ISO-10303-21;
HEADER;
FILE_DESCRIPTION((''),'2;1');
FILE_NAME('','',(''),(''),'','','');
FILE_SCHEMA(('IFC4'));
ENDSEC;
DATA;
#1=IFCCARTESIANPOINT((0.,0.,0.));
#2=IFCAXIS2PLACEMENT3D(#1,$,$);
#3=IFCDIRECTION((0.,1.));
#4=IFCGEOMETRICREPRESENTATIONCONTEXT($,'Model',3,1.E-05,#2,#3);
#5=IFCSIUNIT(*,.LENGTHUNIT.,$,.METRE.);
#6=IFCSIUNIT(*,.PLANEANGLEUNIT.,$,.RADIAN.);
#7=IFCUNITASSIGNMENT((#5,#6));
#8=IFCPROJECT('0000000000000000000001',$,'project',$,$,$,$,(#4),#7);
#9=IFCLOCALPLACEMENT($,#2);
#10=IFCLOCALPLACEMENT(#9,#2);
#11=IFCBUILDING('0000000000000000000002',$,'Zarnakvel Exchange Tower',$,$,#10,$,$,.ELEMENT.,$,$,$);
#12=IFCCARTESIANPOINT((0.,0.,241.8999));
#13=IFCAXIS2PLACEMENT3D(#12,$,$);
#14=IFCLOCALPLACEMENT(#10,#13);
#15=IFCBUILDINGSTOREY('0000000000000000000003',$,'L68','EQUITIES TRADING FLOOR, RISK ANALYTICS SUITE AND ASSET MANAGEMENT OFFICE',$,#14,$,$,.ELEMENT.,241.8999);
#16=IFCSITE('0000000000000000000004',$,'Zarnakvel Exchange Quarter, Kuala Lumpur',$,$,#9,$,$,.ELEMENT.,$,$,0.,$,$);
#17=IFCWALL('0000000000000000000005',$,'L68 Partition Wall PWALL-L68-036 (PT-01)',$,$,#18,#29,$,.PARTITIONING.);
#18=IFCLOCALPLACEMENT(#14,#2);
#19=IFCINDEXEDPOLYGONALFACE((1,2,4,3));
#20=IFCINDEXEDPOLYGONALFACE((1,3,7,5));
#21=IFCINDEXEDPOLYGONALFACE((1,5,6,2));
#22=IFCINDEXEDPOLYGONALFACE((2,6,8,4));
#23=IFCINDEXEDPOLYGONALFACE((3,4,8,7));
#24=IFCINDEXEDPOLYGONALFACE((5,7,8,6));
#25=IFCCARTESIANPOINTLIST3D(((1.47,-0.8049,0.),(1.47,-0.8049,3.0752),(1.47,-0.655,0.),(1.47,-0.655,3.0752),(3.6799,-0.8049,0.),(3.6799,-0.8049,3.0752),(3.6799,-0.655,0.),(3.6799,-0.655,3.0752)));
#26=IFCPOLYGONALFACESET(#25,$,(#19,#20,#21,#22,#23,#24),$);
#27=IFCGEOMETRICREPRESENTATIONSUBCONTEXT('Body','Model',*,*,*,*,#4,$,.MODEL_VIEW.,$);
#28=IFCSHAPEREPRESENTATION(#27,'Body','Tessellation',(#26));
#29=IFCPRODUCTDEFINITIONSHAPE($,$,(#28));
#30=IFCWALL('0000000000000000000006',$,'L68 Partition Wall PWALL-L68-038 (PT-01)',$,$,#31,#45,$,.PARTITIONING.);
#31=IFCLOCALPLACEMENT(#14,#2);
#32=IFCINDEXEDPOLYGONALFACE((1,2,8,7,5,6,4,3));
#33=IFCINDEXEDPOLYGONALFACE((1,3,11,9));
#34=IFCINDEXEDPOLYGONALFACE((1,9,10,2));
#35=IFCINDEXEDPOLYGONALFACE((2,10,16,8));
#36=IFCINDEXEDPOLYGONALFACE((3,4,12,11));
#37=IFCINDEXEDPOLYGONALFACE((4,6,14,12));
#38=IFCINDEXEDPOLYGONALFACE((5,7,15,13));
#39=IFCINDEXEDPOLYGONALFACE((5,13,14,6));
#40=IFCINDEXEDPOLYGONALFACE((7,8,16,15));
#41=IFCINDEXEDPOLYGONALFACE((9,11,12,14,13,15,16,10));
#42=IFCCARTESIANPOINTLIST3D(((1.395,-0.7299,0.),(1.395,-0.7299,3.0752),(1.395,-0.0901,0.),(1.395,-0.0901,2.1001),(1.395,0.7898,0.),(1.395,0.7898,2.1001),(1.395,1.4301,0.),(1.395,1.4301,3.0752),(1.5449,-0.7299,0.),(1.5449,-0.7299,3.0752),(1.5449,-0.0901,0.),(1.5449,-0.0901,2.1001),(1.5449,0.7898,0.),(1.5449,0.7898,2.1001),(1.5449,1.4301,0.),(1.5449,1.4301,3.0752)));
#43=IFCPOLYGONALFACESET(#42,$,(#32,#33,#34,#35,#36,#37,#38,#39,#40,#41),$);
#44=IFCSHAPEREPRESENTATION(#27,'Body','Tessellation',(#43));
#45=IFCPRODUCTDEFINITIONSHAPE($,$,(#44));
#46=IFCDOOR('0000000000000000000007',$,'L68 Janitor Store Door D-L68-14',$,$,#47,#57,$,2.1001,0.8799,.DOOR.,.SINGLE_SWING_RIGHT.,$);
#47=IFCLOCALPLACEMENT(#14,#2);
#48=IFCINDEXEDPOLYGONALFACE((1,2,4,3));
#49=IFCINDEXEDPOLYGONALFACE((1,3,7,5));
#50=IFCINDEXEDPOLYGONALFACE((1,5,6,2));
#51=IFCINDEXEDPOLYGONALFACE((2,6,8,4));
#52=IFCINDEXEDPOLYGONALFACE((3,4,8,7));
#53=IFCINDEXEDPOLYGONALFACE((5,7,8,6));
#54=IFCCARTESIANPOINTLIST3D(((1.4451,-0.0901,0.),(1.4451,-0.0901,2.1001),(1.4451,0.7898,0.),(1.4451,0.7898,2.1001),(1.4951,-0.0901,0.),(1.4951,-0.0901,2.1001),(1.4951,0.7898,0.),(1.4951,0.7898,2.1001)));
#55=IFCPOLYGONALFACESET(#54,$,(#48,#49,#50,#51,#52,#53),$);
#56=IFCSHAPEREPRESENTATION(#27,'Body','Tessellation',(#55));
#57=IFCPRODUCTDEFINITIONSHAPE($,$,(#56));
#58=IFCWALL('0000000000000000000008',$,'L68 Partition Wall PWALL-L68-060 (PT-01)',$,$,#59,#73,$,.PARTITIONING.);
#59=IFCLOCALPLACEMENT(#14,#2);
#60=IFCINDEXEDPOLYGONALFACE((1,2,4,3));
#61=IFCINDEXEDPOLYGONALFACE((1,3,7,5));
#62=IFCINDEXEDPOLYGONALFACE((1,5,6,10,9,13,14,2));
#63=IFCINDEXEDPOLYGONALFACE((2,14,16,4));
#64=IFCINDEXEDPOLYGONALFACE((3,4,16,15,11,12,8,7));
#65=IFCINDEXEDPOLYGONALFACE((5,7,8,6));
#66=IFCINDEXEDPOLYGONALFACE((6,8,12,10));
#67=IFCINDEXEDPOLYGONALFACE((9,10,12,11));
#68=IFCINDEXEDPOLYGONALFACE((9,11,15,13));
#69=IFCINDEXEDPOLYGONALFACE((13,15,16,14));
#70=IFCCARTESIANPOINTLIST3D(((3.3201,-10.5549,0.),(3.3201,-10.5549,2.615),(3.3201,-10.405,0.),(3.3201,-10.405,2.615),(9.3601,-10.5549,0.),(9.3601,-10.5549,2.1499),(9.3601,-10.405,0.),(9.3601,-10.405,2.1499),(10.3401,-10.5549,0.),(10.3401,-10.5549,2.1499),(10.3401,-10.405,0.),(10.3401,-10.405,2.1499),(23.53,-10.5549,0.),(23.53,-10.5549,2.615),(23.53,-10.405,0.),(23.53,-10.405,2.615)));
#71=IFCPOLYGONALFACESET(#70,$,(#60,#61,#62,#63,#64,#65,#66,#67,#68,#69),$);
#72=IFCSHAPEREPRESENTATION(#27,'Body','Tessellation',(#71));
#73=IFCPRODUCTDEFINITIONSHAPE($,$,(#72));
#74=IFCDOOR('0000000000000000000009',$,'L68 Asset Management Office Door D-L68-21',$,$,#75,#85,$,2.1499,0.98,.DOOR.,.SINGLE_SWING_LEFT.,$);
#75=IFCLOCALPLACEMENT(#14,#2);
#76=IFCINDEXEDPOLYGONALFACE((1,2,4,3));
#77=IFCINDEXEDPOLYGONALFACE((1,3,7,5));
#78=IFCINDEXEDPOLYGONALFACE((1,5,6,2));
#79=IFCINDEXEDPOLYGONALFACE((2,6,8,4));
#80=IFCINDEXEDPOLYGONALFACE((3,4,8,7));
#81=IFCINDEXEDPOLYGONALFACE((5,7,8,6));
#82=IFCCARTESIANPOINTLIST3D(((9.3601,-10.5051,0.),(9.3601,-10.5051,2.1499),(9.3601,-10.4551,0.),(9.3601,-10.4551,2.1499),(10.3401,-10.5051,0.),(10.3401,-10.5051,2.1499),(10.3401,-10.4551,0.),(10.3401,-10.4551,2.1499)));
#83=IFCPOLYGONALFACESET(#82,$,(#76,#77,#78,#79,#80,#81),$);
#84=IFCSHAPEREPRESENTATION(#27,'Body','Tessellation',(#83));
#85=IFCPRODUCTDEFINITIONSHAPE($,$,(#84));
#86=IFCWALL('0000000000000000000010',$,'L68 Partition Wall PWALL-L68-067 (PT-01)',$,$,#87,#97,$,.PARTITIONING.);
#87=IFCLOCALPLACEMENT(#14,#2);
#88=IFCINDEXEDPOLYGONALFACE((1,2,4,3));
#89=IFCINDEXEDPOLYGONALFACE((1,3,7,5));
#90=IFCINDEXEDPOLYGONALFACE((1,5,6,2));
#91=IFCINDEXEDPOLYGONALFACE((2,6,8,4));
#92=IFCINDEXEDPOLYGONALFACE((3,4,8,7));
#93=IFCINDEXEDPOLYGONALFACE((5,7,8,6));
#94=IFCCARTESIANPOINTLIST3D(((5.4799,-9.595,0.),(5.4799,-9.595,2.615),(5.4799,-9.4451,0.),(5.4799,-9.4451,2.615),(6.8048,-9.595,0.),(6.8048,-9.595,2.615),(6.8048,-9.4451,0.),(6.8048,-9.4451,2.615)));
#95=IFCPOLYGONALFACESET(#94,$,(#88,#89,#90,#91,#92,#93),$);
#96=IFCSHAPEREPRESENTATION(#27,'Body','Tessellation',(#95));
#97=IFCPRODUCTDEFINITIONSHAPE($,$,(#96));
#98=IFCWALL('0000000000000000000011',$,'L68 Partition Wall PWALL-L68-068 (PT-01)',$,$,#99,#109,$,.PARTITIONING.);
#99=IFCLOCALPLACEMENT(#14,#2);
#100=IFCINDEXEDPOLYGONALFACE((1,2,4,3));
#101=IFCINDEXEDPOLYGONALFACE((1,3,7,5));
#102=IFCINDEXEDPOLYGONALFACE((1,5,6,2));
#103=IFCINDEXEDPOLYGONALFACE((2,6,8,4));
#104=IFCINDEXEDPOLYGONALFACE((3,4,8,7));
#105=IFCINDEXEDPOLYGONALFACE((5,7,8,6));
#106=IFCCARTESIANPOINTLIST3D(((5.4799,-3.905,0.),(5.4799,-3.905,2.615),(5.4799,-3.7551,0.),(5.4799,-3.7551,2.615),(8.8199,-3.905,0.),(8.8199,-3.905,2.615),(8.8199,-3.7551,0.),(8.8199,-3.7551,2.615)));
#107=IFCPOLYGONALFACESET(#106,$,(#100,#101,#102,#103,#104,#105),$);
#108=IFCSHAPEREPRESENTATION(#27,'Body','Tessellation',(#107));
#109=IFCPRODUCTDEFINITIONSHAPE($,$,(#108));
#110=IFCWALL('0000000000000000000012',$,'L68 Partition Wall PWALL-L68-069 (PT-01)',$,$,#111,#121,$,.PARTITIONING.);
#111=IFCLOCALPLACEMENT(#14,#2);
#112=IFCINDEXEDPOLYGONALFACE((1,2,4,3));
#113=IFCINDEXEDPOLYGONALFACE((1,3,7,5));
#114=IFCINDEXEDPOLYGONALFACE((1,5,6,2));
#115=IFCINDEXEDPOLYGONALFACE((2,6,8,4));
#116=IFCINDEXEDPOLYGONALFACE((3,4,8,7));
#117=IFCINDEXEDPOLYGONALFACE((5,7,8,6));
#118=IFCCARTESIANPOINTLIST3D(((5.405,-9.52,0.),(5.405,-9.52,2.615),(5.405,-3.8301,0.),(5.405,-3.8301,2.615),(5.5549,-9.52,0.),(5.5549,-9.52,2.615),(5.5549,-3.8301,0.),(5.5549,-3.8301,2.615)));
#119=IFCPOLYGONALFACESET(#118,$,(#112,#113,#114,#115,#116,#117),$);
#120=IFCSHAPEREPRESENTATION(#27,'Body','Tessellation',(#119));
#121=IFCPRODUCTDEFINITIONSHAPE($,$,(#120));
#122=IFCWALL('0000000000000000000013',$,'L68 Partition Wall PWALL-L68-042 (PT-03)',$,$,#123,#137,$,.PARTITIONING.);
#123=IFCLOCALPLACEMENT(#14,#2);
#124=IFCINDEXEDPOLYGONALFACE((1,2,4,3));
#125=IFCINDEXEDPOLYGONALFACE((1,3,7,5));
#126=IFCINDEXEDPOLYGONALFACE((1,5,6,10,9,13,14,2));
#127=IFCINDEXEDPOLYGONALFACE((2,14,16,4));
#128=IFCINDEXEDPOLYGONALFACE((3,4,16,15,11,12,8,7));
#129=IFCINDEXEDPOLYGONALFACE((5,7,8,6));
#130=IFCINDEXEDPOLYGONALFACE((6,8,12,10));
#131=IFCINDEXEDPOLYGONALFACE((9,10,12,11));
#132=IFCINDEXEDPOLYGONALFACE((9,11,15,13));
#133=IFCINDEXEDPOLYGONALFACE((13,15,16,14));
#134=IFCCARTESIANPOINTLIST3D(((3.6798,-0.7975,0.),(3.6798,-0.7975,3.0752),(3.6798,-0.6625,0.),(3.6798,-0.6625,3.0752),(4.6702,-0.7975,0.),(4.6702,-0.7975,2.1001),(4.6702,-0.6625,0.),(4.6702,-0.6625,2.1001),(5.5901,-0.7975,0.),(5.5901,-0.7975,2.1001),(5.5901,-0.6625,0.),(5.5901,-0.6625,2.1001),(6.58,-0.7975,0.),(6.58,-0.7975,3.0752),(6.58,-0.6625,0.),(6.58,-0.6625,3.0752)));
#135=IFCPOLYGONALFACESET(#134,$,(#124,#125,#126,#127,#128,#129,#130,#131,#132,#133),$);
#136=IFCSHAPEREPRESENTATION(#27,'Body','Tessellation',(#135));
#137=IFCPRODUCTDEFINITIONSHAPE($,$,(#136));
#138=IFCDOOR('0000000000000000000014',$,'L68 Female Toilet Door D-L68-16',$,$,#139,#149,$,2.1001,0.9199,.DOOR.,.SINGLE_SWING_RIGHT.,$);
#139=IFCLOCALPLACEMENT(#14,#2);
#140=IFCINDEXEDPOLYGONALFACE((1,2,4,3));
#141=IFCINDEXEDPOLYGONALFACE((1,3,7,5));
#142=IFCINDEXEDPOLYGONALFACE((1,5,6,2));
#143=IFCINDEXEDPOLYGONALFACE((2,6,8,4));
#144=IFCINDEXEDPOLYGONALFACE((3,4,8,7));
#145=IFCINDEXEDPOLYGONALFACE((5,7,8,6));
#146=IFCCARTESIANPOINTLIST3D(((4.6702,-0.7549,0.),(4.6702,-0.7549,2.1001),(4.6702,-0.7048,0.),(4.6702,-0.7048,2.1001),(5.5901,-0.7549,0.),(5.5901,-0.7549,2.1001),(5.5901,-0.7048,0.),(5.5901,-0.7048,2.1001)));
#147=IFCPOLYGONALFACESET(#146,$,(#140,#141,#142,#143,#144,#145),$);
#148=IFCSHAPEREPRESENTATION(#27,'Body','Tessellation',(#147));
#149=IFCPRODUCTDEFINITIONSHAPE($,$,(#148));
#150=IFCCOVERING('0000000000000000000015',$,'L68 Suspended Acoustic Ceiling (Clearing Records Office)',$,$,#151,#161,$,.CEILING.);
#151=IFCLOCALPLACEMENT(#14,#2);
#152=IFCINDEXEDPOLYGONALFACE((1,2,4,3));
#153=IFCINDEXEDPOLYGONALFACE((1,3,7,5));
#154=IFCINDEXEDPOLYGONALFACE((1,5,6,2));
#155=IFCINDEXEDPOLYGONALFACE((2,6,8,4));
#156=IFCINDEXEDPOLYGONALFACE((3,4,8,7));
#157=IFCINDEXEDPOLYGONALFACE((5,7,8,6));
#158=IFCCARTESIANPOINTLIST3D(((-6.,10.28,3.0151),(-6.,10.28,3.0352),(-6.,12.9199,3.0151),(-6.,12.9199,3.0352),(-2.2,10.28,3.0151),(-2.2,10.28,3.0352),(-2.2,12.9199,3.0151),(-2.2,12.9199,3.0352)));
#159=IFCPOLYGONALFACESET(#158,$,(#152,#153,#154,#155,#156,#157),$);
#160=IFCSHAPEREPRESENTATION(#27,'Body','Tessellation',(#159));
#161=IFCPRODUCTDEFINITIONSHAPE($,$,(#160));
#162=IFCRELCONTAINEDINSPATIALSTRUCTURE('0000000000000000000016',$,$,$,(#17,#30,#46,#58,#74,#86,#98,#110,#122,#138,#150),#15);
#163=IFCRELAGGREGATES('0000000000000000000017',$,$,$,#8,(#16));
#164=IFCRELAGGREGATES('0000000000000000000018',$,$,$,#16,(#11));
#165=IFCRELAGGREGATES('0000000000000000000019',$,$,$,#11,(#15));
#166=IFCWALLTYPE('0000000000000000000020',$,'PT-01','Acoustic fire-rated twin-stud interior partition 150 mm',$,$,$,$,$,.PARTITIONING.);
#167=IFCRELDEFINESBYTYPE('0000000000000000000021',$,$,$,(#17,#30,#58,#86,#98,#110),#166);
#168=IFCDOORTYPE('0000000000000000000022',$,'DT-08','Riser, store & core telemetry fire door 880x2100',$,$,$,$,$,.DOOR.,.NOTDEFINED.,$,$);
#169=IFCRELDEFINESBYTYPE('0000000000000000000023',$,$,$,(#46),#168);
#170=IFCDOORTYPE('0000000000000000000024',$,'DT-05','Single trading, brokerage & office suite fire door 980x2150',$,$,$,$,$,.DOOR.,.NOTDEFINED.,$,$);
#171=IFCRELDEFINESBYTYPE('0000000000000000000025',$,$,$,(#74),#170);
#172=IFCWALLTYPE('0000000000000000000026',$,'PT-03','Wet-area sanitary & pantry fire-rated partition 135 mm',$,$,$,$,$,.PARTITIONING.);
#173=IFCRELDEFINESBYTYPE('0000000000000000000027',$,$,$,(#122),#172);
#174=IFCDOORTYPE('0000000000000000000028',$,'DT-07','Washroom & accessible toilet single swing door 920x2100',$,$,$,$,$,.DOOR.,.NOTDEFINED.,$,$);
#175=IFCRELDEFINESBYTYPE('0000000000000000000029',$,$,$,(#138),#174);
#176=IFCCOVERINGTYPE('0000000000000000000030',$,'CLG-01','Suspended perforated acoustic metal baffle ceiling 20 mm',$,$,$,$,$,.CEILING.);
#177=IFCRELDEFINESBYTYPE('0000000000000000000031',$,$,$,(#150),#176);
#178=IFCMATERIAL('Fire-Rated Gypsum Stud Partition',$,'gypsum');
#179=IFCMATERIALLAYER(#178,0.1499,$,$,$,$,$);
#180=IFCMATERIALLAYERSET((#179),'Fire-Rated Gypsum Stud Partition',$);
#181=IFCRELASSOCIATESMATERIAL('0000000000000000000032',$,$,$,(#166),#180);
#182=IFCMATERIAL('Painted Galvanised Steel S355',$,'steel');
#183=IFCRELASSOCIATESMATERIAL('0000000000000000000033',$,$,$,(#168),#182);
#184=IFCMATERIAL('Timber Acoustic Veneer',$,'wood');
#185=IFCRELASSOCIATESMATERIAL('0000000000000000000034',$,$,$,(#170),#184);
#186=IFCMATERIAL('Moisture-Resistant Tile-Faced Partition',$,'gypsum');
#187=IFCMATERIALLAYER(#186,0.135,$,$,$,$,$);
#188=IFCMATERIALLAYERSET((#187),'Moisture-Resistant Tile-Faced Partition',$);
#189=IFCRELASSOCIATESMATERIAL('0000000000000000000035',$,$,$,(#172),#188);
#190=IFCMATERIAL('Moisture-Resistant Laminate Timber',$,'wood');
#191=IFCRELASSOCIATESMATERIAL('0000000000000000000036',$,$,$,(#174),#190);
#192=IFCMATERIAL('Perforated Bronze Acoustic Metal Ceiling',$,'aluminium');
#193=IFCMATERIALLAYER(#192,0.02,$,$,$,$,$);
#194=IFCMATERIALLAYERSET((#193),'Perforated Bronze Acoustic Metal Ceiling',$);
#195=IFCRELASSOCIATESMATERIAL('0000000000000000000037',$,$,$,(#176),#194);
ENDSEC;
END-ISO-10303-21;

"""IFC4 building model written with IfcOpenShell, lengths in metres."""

from ifc_helpers import new_model, si_unit, direction, frame, frame_2d, origin, place, context, subcontext, project, spatial, polyline, rectangle, outline, extrude, source, transform, mapped, material, layer, layer_set, type_object, element, fill, save


model = new_model("IFC4")

# Units and contexts
model_context = context("Model", 3, precision=1e-05, world=origin(), true_north=direction((0.0, 1.0)))
body_context = subcontext(model_context, "Body", "Model", "MODEL_VIEW")
ifc_project = project(units=[si_unit("LENGTHUNIT", "METRE"), si_unit("PLANEANGLEUNIT", "RADIAN")], contexts=[model_context])

# Site, building, storey
site_placement = place(None, origin())
site = spatial("IfcSite", under=ifc_project, at=site_placement, Name="Zarnakvel Exchange Quarter, Kuala Lumpur", CompositionType="ELEMENT", RefElevation=0.0)
building_placement = place(site_placement, origin())
building = spatial("IfcBuilding", under=site, at=building_placement, Name="Zarnakvel Exchange Tower", CompositionType="ELEMENT")
storey_placement = place(building_placement, frame((0.0, 0.0, 241.8999)))
storey = spatial("IfcBuildingStorey", under=building, at=storey_placement, Name="L68", Description="EQUITIES TRADING FLOOR, RISK ANALYTICS SUITE AND ASSET MANAGEMENT OFFICE", CompositionType="ELEMENT", Elevation=241.8999)

# Wall
ifc_material_1 = material(Name="Fire-Rated Gypsum Stud Partition", Category="gypsum")
ifc_layer_1 = layer(ifc_material_1, 0.1499)
ifc_layer_set_1 = layer_set([ifc_layer_1], Name="Fire-Rated Gypsum Stud Partition")
wall_type_1 = type_object("IfcWallType", Name="PT-01", Description="Acoustic fire-rated twin-stud interior partition 150 mm", PredefinedType="PARTITIONING", material=ifc_layer_set_1)
wall_1_placement = place(storey_placement, frame((3.6799, -0.73, 0.0), z_axis=(0.0, 0.0, 1.0), x_axis=(-1.0, 0.0, 0.0)))
element("IfcWall", 1, at=wall_1_placement, inside=storey, type_object=wall_type_1, Name="L68 Partition Wall PWALL-L68-036 (PT-01)", PredefinedType="PARTITIONING", context=body_context, shape_type="SweptSolid", body=[
    extrude(rectangle(XDim=2.21, YDim=0.1499, at=frame_2d((1.105, 0.0))), origin(), (0.0, 0.0, 1.0), 3.0752),
])

# Walls, openings, doors
wall_2_placement = place(storey_placement, frame((1.47, -0.73, 0.0), z_axis=(0.0, 0.0, 1.0), x_axis=(0.0, 1.0, 0.0)))
wall_2 = element("IfcWall", 2, at=wall_2_placement, inside=storey, type_object=wall_type_1, Name="L68 Partition Wall PWALL-L68-038 (PT-01)", PredefinedType="PARTITIONING", context=body_context, shape_type="SweptSolid", body=[
    extrude(rectangle(XDim=2.1599, YDim=0.1499, at=frame_2d((1.0801, 0.0))), origin(), (0.0, 0.0, 1.0), 3.0752),
])
opening_1_placement = place(wall_2_placement, frame((0.6399, 0.0, 0.0)))
opening_1 = element("IfcOpeningElement", 3, at=opening_1_placement, cuts=wall_2, PredefinedType="OPENING", context=body_context, shape_type="SweptSolid", body=[
    extrude(rectangle(XDim=0.8799, YDim=2.1001, at=frame_2d((0.4399, 1.05))), frame((0.0, 0.085, 0.0), z_axis=(0.0, -1.0, 0.0), x_axis=(1.0, 0.0, 0.0)), (0.0, 0.0, 1.0), 0.1699),
])
ifc_material_2 = material(Name="Painted Galvanised Steel S355", Category="steel")
door_type_1 = type_object("IfcDoorType", Name="DT-08", Description="Riser, store & core telemetry fire door 880x2100", OperationType="NOTDEFINED", PredefinedType="DOOR", material=ifc_material_2)
shared_shape_1 = source(origin(), body_context, "Body", "SweptSolid", [
    extrude(rectangle(XDim=0.8799, YDim=2.1001, at=frame_2d((0.4399, 1.05))), frame((0.0, 0.0249, 0.0), z_axis=(0.0, -1.0, 0.0), x_axis=(1.0, 0.0, 0.0)), (0.0, 0.0, 1.0), 0.05),
])
door_1_placement = place(opening_1_placement, origin())
door_1 = element("IfcDoor", 4, at=door_1_placement, inside=storey, type_object=door_type_1, Name="L68 Janitor Store Door D-L68-14", OperationType="SINGLE_SWING_RIGHT", OverallHeight=2.1001, OverallWidth=0.8799, PredefinedType="DOOR", context=body_context, shape_type="MappedRepresentation", body=[
    mapped(shared_shape_1, transform((0.0, 0.0, 0.0), x_axis=(1.0, 0.0, 0.0), y_axis=(0.0, 1.0, 0.0), z_axis=(0.0, 0.0, 1.0), scale=1.0)),
])
fill(opening_1, door_1)
wall_3_placement = place(storey_placement, frame((3.3201, -10.48, 0.0), z_axis=(0.0, 0.0, 1.0), x_axis=(1.0, 0.0, 0.0)))
wall_3 = element("IfcWall", 5, at=wall_3_placement, inside=storey, type_object=wall_type_1, Name="L68 Partition Wall PWALL-L68-060 (PT-01)", PredefinedType="PARTITIONING", context=body_context, shape_type="SweptSolid", body=[
    extrude(rectangle(XDim=20.21, YDim=0.1499, at=frame_2d((10.105, 0.0))), origin(), (0.0, 0.0, 1.0), 2.615),
])
opening_2_placement = place(wall_3_placement, frame((6.04, 0.0, 0.0)))
opening_2 = element("IfcOpeningElement", 6, at=opening_2_placement, cuts=wall_3, PredefinedType="OPENING", context=body_context, shape_type="SweptSolid", body=[
    extrude(rectangle(XDim=0.98, YDim=2.1499, at=frame_2d((0.49, 1.075))), frame((0.0, 0.085, 0.0), z_axis=(0.0, -1.0, 0.0), x_axis=(1.0, 0.0, 0.0)), (0.0, 0.0, 1.0), 0.1699),
])
ifc_material_3 = material(Name="Timber Acoustic Veneer", Category="wood")
door_type_2 = type_object("IfcDoorType", Name="DT-05", Description="Single trading, brokerage & office suite fire door 980x2150", OperationType="NOTDEFINED", PredefinedType="DOOR", material=ifc_material_3)
shared_shape_2 = source(origin(), body_context, "Body", "SweptSolid", [
    extrude(rectangle(XDim=0.98, YDim=2.1499, at=frame_2d((0.49, 1.075))), frame((0.0, 0.0249, 0.0), z_axis=(0.0, -1.0, 0.0), x_axis=(1.0, 0.0, 0.0)), (0.0, 0.0, 1.0), 0.05),
])
door_2_placement = place(opening_2_placement, origin())
door_2 = element("IfcDoor", 7, at=door_2_placement, inside=storey, type_object=door_type_2, Name="L68 Asset Management Office Door D-L68-21", OperationType="SINGLE_SWING_LEFT", OverallHeight=2.1499, OverallWidth=0.98, PredefinedType="DOOR", context=body_context, shape_type="MappedRepresentation", body=[
    mapped(shared_shape_2, transform((0.0, 0.0, 0.0), x_axis=(1.0, 0.0, 0.0), y_axis=(0.0, 1.0, 0.0), z_axis=(0.0, 0.0, 1.0), scale=1.0)),
])
fill(opening_2, door_2)

# Walls
wall_4_placement = place(storey_placement, frame((6.8049, -9.52, 0.0), z_axis=(0.0, 0.0, 1.0), x_axis=(-1.0, 0.0, 0.0)))
element("IfcWall", 8, at=wall_4_placement, inside=storey, type_object=wall_type_1, Name="L68 Partition Wall PWALL-L68-067 (PT-01)", PredefinedType="PARTITIONING", context=body_context, shape_type="SweptSolid", body=[
    extrude(rectangle(XDim=1.325, YDim=0.1499, at=frame_2d((0.6626, 0.0))), origin(), (0.0, 0.0, 1.0), 2.615),
])
wall_5_placement = place(storey_placement, frame((5.48, -3.8301, 0.0), z_axis=(0.0, 0.0, 1.0), x_axis=(1.0, 0.0, 0.0)))
element("IfcWall", 9, at=wall_5_placement, inside=storey, type_object=wall_type_1, Name="L68 Partition Wall PWALL-L68-068 (PT-01)", PredefinedType="PARTITIONING", context=body_context, shape_type="SweptSolid", body=[
    extrude(rectangle(XDim=3.3401, YDim=0.1499, at=frame_2d((1.6699, 0.0))), origin(), (0.0, 0.0, 1.0), 2.615),
])
wall_6_placement = place(storey_placement, frame((5.48, -9.52, 0.0), z_axis=(0.0, 0.0, 1.0), x_axis=(0.0, 1.0, 0.0)))
element("IfcWall", 10, at=wall_6_placement, inside=storey, type_object=wall_type_1, Name="L68 Partition Wall PWALL-L68-069 (PT-01)", PredefinedType="PARTITIONING", context=body_context, shape_type="SweptSolid", body=[
    extrude(rectangle(XDim=5.6899, YDim=0.1499, at=frame_2d((2.845, 0.0))), origin(), (0.0, 0.0, 1.0), 2.615),
])

# Wall, opening, door
ifc_material_4 = material(Name="Moisture-Resistant Tile-Faced Partition", Category="gypsum")
ifc_layer_2 = layer(ifc_material_4, 0.135)
ifc_layer_set_2 = layer_set([ifc_layer_2], Name="Moisture-Resistant Tile-Faced Partition")
wall_type_2 = type_object("IfcWallType", Name="PT-03", Description="Wet-area sanitary & pantry fire-rated partition 135 mm", PredefinedType="PARTITIONING", material=ifc_layer_set_2)
wall_7_placement = place(storey_placement, frame((6.5801, -0.73, 0.0), z_axis=(0.0, 0.0, 1.0), x_axis=(-1.0, 0.0, 0.0)))
wall_7 = element("IfcWall", 11, at=wall_7_placement, inside=storey, type_object=wall_type_2, Name="L68 Partition Wall PWALL-L68-042 (PT-03)", PredefinedType="PARTITIONING", context=body_context, shape_type="SweptSolid", body=[
    extrude(rectangle(XDim=2.9001, YDim=0.135, at=frame_2d((1.4502, 0.0))), origin(), (0.0, 0.0, 1.0), 3.0752),
])
opening_3_placement = place(wall_7_placement, frame((0.99, 0.0, 0.0)))
opening_3 = element("IfcOpeningElement", 12, at=opening_3_placement, cuts=wall_7, PredefinedType="OPENING", context=body_context, shape_type="SweptSolid", body=[
    extrude(rectangle(XDim=0.9199, YDim=2.1001, at=frame_2d((0.46, 1.05))), frame((0.0, 0.0774, 0.0), z_axis=(0.0, -1.0, 0.0), x_axis=(1.0, 0.0, 0.0)), (0.0, 0.0, 1.0), 0.155),
])
ifc_material_5 = material(Name="Moisture-Resistant Laminate Timber", Category="wood")
door_type_3 = type_object("IfcDoorType", Name="DT-07", Description="Washroom & accessible toilet single swing door 920x2100", OperationType="NOTDEFINED", PredefinedType="DOOR", material=ifc_material_5)
shared_shape_3 = source(origin(), body_context, "Body", "SweptSolid", [
    extrude(rectangle(XDim=0.9199, YDim=2.1001, at=frame_2d((0.46, 1.05))), frame((0.0, 0.0249, 0.0), z_axis=(0.0, -1.0, 0.0), x_axis=(1.0, 0.0, 0.0)), (0.0, 0.0, 1.0), 0.05),
])
door_3_placement = place(opening_3_placement, origin())
door_3 = element("IfcDoor", 13, at=door_3_placement, inside=storey, type_object=door_type_3, Name="L68 Female Toilet Door D-L68-16", OperationType="SINGLE_SWING_RIGHT", OverallHeight=2.1001, OverallWidth=0.9199, PredefinedType="DOOR", context=body_context, shape_type="MappedRepresentation", body=[
    mapped(shared_shape_3, transform((0.0, 0.0, 0.0), x_axis=(1.0, 0.0, 0.0), y_axis=(0.0, 1.0, 0.0), z_axis=(0.0, 0.0, 1.0), scale=1.0)),
])
fill(opening_3, door_3)

# Covering
ifc_material_6 = material(Name="Perforated Bronze Acoustic Metal Ceiling", Category="aluminium")
ifc_layer_3 = layer(ifc_material_6, 0.02)
ifc_layer_set_3 = layer_set([ifc_layer_3], Name="Perforated Bronze Acoustic Metal Ceiling")
covering_type_1 = type_object("IfcCoveringType", Name="CLG-01", Description="Suspended perforated acoustic metal baffle ceiling 20 mm", PredefinedType="CEILING", material=ifc_layer_set_3)
covering_1_placement = place(storey_placement, frame((0.0, 0.0, 3.0151)))
element("IfcCovering", 14, at=covering_1_placement, inside=storey, type_object=covering_type_1, Name="L68 Suspended Acoustic Ceiling (Clearing Records Office)", PredefinedType="CEILING", context=body_context, shape_type="SweptSolid", body=[
    extrude(outline(polyline([(-6.0, 12.9199), (-2.2, 12.9199), (-2.2, 10.28), (-6.0, 10.28), (-6.0, 12.9199)])), origin(), (0.0, 0.0, 1.0), 0.02),
])

save(model, "model.ifc")
